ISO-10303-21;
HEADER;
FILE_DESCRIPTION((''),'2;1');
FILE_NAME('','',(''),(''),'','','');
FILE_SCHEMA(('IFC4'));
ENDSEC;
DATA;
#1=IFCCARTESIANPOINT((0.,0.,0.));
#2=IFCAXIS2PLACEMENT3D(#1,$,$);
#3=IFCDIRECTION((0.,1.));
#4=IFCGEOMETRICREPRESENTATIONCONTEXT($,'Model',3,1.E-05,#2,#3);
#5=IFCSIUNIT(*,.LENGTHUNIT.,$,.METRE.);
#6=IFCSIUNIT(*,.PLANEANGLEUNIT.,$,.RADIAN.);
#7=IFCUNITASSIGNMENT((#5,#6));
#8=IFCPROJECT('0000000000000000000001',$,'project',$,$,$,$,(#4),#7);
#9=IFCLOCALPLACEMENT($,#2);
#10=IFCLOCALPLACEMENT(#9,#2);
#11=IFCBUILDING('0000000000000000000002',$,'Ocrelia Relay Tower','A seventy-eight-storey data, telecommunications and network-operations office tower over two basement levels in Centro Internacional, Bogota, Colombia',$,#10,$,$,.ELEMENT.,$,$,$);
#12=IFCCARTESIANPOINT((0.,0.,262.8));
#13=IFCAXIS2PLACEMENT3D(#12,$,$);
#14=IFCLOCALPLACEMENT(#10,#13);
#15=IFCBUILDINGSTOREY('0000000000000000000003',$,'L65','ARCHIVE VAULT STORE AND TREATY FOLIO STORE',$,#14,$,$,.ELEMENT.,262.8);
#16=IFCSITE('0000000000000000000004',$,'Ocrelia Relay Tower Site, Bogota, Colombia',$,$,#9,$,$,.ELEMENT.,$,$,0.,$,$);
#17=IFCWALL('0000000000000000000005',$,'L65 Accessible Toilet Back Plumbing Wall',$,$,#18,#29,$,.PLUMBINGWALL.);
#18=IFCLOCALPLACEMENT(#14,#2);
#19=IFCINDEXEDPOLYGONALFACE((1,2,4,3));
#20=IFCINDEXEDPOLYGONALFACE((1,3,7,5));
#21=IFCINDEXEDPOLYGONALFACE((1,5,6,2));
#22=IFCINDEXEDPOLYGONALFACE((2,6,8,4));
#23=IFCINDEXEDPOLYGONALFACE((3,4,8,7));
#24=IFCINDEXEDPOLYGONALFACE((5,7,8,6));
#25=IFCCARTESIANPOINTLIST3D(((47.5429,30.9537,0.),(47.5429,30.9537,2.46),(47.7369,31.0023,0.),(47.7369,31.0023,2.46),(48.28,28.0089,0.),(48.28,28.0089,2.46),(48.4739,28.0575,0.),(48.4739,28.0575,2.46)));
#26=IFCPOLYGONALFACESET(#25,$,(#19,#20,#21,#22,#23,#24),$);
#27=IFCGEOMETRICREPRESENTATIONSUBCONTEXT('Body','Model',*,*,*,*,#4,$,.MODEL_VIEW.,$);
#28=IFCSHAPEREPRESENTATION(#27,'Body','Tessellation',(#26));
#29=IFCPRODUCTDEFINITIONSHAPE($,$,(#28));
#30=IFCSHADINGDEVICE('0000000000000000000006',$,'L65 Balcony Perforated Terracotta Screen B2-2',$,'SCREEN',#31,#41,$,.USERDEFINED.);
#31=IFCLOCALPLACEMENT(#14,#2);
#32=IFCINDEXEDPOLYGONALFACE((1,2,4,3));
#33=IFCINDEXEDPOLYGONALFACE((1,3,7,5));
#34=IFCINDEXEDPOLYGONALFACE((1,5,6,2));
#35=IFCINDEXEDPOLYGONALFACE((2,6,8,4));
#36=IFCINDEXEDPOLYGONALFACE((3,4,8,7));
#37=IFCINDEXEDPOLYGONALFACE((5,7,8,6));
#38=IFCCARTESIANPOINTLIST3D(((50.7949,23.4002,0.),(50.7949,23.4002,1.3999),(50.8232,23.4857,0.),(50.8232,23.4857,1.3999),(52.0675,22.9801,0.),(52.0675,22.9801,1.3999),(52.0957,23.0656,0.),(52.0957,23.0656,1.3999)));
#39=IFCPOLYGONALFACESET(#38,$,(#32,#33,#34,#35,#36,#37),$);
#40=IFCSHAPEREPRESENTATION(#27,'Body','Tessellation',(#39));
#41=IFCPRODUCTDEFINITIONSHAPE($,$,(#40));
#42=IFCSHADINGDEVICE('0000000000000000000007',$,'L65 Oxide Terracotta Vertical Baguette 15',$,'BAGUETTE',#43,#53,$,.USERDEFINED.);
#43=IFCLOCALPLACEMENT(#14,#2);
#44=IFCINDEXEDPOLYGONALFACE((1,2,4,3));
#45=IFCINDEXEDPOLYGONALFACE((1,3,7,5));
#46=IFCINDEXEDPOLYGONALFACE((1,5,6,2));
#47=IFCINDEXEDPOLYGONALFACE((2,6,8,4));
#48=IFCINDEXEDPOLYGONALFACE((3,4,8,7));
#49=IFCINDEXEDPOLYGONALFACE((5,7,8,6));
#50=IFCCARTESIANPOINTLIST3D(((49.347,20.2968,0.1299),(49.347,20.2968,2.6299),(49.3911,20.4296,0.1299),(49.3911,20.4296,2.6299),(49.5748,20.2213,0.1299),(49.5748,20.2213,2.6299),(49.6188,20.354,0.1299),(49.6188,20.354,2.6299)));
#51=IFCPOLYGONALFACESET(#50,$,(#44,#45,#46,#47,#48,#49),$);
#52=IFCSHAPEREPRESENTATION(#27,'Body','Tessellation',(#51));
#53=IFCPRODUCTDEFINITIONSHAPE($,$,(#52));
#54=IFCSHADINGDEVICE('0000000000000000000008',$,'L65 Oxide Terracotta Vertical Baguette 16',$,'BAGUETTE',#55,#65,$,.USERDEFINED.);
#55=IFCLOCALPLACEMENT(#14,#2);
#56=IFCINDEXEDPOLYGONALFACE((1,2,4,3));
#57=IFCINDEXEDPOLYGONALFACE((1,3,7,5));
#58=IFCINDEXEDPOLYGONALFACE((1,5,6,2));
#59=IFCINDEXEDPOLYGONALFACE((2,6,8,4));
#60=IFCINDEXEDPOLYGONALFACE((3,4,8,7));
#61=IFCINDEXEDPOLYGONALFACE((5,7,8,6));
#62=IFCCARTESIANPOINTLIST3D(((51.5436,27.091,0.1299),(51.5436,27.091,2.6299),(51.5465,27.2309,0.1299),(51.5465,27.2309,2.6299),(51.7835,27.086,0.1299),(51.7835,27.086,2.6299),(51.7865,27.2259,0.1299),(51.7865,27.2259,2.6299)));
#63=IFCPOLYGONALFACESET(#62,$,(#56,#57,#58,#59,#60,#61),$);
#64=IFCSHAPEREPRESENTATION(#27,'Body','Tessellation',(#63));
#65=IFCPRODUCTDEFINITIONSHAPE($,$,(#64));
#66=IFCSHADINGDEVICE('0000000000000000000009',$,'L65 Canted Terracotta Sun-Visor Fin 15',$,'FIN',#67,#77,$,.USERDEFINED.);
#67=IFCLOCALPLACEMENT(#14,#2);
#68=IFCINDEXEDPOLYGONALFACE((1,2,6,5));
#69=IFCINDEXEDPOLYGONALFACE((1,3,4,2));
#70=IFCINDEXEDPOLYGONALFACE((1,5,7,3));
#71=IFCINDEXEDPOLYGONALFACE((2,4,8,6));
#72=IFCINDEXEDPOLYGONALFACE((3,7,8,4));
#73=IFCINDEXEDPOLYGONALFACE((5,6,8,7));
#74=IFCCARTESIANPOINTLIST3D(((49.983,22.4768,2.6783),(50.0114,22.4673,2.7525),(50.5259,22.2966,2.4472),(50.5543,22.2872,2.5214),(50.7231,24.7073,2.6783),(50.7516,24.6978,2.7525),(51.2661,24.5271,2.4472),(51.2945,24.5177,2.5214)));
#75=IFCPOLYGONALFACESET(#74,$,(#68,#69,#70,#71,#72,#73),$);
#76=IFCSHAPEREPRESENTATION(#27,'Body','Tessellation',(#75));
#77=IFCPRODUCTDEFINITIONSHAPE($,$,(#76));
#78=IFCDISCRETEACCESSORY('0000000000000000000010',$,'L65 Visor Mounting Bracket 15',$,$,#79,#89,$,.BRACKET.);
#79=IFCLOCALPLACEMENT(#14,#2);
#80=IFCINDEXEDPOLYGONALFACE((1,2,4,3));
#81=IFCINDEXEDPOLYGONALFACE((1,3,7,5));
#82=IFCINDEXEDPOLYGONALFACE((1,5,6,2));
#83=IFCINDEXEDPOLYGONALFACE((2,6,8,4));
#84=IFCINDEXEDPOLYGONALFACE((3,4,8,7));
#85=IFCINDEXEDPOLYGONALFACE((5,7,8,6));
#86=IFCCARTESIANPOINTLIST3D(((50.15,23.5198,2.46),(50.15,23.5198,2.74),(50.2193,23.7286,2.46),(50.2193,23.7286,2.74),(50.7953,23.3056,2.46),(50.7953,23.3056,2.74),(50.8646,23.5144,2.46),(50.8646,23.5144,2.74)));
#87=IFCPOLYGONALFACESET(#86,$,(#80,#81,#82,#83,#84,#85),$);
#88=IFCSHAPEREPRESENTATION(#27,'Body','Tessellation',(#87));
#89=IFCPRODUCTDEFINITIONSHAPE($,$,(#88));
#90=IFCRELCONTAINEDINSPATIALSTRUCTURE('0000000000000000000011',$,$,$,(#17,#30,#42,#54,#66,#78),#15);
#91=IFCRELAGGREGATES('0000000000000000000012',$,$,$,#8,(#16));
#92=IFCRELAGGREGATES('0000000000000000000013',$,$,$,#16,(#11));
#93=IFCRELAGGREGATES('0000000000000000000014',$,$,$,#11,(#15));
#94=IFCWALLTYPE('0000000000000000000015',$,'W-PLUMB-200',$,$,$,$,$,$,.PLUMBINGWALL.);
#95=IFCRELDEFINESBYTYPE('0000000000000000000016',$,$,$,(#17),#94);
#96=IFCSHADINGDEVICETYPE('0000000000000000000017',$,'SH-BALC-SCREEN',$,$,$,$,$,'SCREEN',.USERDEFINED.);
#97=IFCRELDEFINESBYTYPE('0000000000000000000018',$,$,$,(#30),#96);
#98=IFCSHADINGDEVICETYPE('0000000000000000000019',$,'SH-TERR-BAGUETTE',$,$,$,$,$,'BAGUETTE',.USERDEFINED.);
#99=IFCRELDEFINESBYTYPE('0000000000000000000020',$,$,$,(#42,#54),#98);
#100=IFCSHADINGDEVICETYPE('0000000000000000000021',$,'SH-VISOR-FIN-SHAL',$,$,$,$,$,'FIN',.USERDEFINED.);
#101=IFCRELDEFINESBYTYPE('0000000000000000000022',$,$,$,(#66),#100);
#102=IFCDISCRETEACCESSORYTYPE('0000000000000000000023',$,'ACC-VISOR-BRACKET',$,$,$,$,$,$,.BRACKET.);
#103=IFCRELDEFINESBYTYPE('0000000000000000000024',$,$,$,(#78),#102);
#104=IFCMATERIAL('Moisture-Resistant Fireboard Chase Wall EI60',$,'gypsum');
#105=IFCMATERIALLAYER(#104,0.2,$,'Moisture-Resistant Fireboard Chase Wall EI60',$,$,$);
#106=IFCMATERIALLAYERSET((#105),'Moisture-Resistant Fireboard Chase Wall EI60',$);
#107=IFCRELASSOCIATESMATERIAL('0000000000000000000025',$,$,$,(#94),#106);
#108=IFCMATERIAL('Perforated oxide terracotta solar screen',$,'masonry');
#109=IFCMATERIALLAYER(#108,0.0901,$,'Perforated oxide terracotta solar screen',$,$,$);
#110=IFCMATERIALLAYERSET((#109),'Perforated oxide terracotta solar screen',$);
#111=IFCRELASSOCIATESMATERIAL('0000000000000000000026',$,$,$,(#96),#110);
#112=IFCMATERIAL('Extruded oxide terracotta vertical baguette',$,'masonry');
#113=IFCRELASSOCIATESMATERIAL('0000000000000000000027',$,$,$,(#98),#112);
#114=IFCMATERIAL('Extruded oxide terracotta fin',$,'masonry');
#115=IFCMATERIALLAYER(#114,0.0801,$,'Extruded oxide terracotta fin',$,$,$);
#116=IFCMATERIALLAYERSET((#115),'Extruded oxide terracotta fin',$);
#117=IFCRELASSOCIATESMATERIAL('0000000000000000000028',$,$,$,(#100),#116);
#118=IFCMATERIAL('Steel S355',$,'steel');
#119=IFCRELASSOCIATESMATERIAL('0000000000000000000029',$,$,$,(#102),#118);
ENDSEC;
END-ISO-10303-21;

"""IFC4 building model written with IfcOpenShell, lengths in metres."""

from ifc_helpers import new_model, si_unit, direction, frame, frame_2d, origin, origin_2d, place, context, subcontext, project, spatial, rectangle, extrude, material, layer, layer_set, type_object, element, save


model = new_model("IFC4")

# Units and contexts
model_context = context("Model", 3, precision=1e-05, world=origin(), true_north=direction((0.0, 1.0)))
body_context = subcontext(model_context, "Body", "Model", "MODEL_VIEW")
ifc_project = project(units=[si_unit("LENGTHUNIT", "METRE"), si_unit("PLANEANGLEUNIT", "RADIAN")], contexts=[model_context])

# Site, building, storey
site_placement = place(None, origin())
site = spatial("IfcSite", under=ifc_project, at=site_placement, Name="Ocrelia Relay Tower Site, Bogota, Colombia", CompositionType="ELEMENT", RefElevation=0.0)
building_placement = place(site_placement, origin())
building = spatial("IfcBuilding", under=site, at=building_placement, Name="Ocrelia Relay Tower", Description="A seventy-eight-storey data, telecommunications and network-operations office tower over two basement levels in Centro Internacional, Bogota, Colombia", CompositionType="ELEMENT")
storey_placement = place(building_placement, frame((0.0, 0.0, 262.8)))
storey = spatial("IfcBuildingStorey", under=building, at=storey_placement, Name="L65", Description="ARCHIVE VAULT STORE AND TREATY FOLIO STORE", CompositionType="ELEMENT", Elevation=262.8)

# Shared definitions
ifc_material_1 = material(Name="Steel S355", Category="steel")

# Wall
ifc_material_2 = material(Name="Moisture-Resistant Fireboard Chase Wall EI60", Category="gypsum")
ifc_layer_1 = layer(ifc_material_2, 0.2, Name="Moisture-Resistant Fireboard Chase Wall EI60")
ifc_layer_set_1 = layer_set([ifc_layer_1], Name="Moisture-Resistant Fireboard Chase Wall EI60")
wall_type_1 = type_object("IfcWallType", Name="W-PLUMB-200", PredefinedType="PLUMBINGWALL", material=ifc_layer_set_1)
wall_1_placement = place(storey_placement, frame((48.377, 28.0332, 0.0), z_axis=(0.0, 0.0, 1.0), x_axis=(-0.242801, 0.970076, 0.0)))
element("IfcWall", 1, at=wall_1_placement, inside=storey, type_object=wall_type_1, Name="L65 Accessible Toilet Back Plumbing Wall", PredefinedType="PLUMBINGWALL", context=body_context, shape_type="SweptSolid", body=[
    extrude(rectangle(XDim=3.0356, YDim=0.2, at=frame_2d((1.5178, 0.0))), origin(), (0.0, 0.0, 1.0), 2.46),
])

# Shading devices
ifc_material_3 = material(Name="Perforated oxide terracotta solar screen", Category="masonry")
ifc_layer_2 = layer(ifc_material_3, 0.0901, Name="Perforated oxide terracotta solar screen")
ifc_layer_set_2 = layer_set([ifc_layer_2], Name="Perforated oxide terracotta solar screen")
shading_device_type_1 = type_object("IfcShadingDeviceType", Name="SH-BALC-SCREEN", ElementType="SCREEN", PredefinedType="USERDEFINED", material=ifc_layer_set_2)
shading_device_1_placement = place(storey_placement, frame((51.4453, 23.2329, 0.0), z_axis=(0.0, 0.0, 1.0), x_axis=(0.949598, -0.313471, 0.0)))
element("IfcShadingDevice", 2, at=shading_device_1_placement, inside=storey, type_object=shading_device_type_1, Name="L65 Balcony Perforated Terracotta Screen B2-2", ObjectType="SCREEN", PredefinedType="USERDEFINED", context=body_context, shape_type="SweptSolid", body=[
    extrude(rectangle(XDim=1.3401, YDim=0.0901, at=origin_2d()), origin(), (0.0, 0.0, 1.0), 1.3999),
])
ifc_material_4 = material(Name="Extruded oxide terracotta vertical baguette", Category="masonry")
shading_device_type_2 = type_object("IfcShadingDeviceType", Name="SH-TERR-BAGUETTE", ElementType="BAGUETTE", PredefinedType="USERDEFINED", material=ifc_material_4)
for number, where, z_axis, x_axis, name in (
    (3, (49.4829, 20.3254, 0.1299), (0.0, 0.0, 1.0), (0.314958, 0.949105, 0.0), "L65 Oxide Terracotta Vertical Baguette 15"),
    (4, (51.665, 27.1584, 0.1299), (0.0, 0.0, 1.0), (0.020879, 0.999782, 0.0), "L65 Oxide Terracotta Vertical Baguette 16"),
):
    element("IfcShadingDevice", number, at=place(storey_placement, frame(where, z_axis=z_axis, x_axis=x_axis)), inside=storey, type_object=shading_device_type_2, Name=name, ObjectType="BAGUETTE", PredefinedType="USERDEFINED", context=body_context, shape_type="SweptSolid", body=[
        extrude(rectangle(XDim=0.1399, YDim=0.24, at=origin_2d()), origin(), (0.0, 0.0, 1.0), 2.5),
    ])
ifc_material_5 = material(Name="Extruded oxide terracotta fin", Category="masonry")
ifc_layer_3 = layer(ifc_material_5, 0.0801, Name="Extruded oxide terracotta fin")
ifc_layer_set_3 = layer_set([ifc_layer_3], Name="Extruded oxide terracotta fin")
shading_device_type_3 = type_object("IfcShadingDeviceType", Name="SH-VISOR-FIN-SHAL", ElementType="FIN", PredefinedType="USERDEFINED", material=ifc_layer_set_3)
shading_device_2_placement = place(storey_placement, frame((50.6245, 23.502, 2.5627), z_axis=(0.355541, -0.117985, 0.927184), x_axis=(0.314958, 0.949105, 0.0)))
element("IfcShadingDevice", 5, at=shading_device_2_placement, inside=storey, type_object=shading_device_type_3, Name="L65 Canted Terracotta Sun-Visor Fin 15", ObjectType="FIN", PredefinedType="USERDEFINED", context=body_context, shape_type="SweptSolid", body=[
    extrude(rectangle(XDim=2.3501, YDim=0.6169, at=origin_2d()), origin(), (0.0, 0.0, 1.0), 0.0801),
])

# Discrete accessory
discrete_accessory_type = type_object("IfcDiscreteAccessoryType", Name="ACC-VISOR-BRACKET", PredefinedType="BRACKET", material=ifc_material_1)
discrete_accessory_placement = place(storey_placement, frame((50.5073, 23.5171, 2.46), z_axis=(0.0, 0.0, 1.0), x_axis=(0.314958, 0.949105, 0.0)))
element("IfcDiscreteAccessory", 6, at=discrete_accessory_placement, inside=storey, type_object=discrete_accessory_type, Name="L65 Visor Mounting Bracket 15", PredefinedType="BRACKET", context=body_context, shape_type="SweptSolid", body=[
    extrude(rectangle(XDim=0.22, YDim=0.6799, at=origin_2d()), origin(), (0.0, 0.0, 1.0), 0.28),
])

save(model, "model.ifc")
